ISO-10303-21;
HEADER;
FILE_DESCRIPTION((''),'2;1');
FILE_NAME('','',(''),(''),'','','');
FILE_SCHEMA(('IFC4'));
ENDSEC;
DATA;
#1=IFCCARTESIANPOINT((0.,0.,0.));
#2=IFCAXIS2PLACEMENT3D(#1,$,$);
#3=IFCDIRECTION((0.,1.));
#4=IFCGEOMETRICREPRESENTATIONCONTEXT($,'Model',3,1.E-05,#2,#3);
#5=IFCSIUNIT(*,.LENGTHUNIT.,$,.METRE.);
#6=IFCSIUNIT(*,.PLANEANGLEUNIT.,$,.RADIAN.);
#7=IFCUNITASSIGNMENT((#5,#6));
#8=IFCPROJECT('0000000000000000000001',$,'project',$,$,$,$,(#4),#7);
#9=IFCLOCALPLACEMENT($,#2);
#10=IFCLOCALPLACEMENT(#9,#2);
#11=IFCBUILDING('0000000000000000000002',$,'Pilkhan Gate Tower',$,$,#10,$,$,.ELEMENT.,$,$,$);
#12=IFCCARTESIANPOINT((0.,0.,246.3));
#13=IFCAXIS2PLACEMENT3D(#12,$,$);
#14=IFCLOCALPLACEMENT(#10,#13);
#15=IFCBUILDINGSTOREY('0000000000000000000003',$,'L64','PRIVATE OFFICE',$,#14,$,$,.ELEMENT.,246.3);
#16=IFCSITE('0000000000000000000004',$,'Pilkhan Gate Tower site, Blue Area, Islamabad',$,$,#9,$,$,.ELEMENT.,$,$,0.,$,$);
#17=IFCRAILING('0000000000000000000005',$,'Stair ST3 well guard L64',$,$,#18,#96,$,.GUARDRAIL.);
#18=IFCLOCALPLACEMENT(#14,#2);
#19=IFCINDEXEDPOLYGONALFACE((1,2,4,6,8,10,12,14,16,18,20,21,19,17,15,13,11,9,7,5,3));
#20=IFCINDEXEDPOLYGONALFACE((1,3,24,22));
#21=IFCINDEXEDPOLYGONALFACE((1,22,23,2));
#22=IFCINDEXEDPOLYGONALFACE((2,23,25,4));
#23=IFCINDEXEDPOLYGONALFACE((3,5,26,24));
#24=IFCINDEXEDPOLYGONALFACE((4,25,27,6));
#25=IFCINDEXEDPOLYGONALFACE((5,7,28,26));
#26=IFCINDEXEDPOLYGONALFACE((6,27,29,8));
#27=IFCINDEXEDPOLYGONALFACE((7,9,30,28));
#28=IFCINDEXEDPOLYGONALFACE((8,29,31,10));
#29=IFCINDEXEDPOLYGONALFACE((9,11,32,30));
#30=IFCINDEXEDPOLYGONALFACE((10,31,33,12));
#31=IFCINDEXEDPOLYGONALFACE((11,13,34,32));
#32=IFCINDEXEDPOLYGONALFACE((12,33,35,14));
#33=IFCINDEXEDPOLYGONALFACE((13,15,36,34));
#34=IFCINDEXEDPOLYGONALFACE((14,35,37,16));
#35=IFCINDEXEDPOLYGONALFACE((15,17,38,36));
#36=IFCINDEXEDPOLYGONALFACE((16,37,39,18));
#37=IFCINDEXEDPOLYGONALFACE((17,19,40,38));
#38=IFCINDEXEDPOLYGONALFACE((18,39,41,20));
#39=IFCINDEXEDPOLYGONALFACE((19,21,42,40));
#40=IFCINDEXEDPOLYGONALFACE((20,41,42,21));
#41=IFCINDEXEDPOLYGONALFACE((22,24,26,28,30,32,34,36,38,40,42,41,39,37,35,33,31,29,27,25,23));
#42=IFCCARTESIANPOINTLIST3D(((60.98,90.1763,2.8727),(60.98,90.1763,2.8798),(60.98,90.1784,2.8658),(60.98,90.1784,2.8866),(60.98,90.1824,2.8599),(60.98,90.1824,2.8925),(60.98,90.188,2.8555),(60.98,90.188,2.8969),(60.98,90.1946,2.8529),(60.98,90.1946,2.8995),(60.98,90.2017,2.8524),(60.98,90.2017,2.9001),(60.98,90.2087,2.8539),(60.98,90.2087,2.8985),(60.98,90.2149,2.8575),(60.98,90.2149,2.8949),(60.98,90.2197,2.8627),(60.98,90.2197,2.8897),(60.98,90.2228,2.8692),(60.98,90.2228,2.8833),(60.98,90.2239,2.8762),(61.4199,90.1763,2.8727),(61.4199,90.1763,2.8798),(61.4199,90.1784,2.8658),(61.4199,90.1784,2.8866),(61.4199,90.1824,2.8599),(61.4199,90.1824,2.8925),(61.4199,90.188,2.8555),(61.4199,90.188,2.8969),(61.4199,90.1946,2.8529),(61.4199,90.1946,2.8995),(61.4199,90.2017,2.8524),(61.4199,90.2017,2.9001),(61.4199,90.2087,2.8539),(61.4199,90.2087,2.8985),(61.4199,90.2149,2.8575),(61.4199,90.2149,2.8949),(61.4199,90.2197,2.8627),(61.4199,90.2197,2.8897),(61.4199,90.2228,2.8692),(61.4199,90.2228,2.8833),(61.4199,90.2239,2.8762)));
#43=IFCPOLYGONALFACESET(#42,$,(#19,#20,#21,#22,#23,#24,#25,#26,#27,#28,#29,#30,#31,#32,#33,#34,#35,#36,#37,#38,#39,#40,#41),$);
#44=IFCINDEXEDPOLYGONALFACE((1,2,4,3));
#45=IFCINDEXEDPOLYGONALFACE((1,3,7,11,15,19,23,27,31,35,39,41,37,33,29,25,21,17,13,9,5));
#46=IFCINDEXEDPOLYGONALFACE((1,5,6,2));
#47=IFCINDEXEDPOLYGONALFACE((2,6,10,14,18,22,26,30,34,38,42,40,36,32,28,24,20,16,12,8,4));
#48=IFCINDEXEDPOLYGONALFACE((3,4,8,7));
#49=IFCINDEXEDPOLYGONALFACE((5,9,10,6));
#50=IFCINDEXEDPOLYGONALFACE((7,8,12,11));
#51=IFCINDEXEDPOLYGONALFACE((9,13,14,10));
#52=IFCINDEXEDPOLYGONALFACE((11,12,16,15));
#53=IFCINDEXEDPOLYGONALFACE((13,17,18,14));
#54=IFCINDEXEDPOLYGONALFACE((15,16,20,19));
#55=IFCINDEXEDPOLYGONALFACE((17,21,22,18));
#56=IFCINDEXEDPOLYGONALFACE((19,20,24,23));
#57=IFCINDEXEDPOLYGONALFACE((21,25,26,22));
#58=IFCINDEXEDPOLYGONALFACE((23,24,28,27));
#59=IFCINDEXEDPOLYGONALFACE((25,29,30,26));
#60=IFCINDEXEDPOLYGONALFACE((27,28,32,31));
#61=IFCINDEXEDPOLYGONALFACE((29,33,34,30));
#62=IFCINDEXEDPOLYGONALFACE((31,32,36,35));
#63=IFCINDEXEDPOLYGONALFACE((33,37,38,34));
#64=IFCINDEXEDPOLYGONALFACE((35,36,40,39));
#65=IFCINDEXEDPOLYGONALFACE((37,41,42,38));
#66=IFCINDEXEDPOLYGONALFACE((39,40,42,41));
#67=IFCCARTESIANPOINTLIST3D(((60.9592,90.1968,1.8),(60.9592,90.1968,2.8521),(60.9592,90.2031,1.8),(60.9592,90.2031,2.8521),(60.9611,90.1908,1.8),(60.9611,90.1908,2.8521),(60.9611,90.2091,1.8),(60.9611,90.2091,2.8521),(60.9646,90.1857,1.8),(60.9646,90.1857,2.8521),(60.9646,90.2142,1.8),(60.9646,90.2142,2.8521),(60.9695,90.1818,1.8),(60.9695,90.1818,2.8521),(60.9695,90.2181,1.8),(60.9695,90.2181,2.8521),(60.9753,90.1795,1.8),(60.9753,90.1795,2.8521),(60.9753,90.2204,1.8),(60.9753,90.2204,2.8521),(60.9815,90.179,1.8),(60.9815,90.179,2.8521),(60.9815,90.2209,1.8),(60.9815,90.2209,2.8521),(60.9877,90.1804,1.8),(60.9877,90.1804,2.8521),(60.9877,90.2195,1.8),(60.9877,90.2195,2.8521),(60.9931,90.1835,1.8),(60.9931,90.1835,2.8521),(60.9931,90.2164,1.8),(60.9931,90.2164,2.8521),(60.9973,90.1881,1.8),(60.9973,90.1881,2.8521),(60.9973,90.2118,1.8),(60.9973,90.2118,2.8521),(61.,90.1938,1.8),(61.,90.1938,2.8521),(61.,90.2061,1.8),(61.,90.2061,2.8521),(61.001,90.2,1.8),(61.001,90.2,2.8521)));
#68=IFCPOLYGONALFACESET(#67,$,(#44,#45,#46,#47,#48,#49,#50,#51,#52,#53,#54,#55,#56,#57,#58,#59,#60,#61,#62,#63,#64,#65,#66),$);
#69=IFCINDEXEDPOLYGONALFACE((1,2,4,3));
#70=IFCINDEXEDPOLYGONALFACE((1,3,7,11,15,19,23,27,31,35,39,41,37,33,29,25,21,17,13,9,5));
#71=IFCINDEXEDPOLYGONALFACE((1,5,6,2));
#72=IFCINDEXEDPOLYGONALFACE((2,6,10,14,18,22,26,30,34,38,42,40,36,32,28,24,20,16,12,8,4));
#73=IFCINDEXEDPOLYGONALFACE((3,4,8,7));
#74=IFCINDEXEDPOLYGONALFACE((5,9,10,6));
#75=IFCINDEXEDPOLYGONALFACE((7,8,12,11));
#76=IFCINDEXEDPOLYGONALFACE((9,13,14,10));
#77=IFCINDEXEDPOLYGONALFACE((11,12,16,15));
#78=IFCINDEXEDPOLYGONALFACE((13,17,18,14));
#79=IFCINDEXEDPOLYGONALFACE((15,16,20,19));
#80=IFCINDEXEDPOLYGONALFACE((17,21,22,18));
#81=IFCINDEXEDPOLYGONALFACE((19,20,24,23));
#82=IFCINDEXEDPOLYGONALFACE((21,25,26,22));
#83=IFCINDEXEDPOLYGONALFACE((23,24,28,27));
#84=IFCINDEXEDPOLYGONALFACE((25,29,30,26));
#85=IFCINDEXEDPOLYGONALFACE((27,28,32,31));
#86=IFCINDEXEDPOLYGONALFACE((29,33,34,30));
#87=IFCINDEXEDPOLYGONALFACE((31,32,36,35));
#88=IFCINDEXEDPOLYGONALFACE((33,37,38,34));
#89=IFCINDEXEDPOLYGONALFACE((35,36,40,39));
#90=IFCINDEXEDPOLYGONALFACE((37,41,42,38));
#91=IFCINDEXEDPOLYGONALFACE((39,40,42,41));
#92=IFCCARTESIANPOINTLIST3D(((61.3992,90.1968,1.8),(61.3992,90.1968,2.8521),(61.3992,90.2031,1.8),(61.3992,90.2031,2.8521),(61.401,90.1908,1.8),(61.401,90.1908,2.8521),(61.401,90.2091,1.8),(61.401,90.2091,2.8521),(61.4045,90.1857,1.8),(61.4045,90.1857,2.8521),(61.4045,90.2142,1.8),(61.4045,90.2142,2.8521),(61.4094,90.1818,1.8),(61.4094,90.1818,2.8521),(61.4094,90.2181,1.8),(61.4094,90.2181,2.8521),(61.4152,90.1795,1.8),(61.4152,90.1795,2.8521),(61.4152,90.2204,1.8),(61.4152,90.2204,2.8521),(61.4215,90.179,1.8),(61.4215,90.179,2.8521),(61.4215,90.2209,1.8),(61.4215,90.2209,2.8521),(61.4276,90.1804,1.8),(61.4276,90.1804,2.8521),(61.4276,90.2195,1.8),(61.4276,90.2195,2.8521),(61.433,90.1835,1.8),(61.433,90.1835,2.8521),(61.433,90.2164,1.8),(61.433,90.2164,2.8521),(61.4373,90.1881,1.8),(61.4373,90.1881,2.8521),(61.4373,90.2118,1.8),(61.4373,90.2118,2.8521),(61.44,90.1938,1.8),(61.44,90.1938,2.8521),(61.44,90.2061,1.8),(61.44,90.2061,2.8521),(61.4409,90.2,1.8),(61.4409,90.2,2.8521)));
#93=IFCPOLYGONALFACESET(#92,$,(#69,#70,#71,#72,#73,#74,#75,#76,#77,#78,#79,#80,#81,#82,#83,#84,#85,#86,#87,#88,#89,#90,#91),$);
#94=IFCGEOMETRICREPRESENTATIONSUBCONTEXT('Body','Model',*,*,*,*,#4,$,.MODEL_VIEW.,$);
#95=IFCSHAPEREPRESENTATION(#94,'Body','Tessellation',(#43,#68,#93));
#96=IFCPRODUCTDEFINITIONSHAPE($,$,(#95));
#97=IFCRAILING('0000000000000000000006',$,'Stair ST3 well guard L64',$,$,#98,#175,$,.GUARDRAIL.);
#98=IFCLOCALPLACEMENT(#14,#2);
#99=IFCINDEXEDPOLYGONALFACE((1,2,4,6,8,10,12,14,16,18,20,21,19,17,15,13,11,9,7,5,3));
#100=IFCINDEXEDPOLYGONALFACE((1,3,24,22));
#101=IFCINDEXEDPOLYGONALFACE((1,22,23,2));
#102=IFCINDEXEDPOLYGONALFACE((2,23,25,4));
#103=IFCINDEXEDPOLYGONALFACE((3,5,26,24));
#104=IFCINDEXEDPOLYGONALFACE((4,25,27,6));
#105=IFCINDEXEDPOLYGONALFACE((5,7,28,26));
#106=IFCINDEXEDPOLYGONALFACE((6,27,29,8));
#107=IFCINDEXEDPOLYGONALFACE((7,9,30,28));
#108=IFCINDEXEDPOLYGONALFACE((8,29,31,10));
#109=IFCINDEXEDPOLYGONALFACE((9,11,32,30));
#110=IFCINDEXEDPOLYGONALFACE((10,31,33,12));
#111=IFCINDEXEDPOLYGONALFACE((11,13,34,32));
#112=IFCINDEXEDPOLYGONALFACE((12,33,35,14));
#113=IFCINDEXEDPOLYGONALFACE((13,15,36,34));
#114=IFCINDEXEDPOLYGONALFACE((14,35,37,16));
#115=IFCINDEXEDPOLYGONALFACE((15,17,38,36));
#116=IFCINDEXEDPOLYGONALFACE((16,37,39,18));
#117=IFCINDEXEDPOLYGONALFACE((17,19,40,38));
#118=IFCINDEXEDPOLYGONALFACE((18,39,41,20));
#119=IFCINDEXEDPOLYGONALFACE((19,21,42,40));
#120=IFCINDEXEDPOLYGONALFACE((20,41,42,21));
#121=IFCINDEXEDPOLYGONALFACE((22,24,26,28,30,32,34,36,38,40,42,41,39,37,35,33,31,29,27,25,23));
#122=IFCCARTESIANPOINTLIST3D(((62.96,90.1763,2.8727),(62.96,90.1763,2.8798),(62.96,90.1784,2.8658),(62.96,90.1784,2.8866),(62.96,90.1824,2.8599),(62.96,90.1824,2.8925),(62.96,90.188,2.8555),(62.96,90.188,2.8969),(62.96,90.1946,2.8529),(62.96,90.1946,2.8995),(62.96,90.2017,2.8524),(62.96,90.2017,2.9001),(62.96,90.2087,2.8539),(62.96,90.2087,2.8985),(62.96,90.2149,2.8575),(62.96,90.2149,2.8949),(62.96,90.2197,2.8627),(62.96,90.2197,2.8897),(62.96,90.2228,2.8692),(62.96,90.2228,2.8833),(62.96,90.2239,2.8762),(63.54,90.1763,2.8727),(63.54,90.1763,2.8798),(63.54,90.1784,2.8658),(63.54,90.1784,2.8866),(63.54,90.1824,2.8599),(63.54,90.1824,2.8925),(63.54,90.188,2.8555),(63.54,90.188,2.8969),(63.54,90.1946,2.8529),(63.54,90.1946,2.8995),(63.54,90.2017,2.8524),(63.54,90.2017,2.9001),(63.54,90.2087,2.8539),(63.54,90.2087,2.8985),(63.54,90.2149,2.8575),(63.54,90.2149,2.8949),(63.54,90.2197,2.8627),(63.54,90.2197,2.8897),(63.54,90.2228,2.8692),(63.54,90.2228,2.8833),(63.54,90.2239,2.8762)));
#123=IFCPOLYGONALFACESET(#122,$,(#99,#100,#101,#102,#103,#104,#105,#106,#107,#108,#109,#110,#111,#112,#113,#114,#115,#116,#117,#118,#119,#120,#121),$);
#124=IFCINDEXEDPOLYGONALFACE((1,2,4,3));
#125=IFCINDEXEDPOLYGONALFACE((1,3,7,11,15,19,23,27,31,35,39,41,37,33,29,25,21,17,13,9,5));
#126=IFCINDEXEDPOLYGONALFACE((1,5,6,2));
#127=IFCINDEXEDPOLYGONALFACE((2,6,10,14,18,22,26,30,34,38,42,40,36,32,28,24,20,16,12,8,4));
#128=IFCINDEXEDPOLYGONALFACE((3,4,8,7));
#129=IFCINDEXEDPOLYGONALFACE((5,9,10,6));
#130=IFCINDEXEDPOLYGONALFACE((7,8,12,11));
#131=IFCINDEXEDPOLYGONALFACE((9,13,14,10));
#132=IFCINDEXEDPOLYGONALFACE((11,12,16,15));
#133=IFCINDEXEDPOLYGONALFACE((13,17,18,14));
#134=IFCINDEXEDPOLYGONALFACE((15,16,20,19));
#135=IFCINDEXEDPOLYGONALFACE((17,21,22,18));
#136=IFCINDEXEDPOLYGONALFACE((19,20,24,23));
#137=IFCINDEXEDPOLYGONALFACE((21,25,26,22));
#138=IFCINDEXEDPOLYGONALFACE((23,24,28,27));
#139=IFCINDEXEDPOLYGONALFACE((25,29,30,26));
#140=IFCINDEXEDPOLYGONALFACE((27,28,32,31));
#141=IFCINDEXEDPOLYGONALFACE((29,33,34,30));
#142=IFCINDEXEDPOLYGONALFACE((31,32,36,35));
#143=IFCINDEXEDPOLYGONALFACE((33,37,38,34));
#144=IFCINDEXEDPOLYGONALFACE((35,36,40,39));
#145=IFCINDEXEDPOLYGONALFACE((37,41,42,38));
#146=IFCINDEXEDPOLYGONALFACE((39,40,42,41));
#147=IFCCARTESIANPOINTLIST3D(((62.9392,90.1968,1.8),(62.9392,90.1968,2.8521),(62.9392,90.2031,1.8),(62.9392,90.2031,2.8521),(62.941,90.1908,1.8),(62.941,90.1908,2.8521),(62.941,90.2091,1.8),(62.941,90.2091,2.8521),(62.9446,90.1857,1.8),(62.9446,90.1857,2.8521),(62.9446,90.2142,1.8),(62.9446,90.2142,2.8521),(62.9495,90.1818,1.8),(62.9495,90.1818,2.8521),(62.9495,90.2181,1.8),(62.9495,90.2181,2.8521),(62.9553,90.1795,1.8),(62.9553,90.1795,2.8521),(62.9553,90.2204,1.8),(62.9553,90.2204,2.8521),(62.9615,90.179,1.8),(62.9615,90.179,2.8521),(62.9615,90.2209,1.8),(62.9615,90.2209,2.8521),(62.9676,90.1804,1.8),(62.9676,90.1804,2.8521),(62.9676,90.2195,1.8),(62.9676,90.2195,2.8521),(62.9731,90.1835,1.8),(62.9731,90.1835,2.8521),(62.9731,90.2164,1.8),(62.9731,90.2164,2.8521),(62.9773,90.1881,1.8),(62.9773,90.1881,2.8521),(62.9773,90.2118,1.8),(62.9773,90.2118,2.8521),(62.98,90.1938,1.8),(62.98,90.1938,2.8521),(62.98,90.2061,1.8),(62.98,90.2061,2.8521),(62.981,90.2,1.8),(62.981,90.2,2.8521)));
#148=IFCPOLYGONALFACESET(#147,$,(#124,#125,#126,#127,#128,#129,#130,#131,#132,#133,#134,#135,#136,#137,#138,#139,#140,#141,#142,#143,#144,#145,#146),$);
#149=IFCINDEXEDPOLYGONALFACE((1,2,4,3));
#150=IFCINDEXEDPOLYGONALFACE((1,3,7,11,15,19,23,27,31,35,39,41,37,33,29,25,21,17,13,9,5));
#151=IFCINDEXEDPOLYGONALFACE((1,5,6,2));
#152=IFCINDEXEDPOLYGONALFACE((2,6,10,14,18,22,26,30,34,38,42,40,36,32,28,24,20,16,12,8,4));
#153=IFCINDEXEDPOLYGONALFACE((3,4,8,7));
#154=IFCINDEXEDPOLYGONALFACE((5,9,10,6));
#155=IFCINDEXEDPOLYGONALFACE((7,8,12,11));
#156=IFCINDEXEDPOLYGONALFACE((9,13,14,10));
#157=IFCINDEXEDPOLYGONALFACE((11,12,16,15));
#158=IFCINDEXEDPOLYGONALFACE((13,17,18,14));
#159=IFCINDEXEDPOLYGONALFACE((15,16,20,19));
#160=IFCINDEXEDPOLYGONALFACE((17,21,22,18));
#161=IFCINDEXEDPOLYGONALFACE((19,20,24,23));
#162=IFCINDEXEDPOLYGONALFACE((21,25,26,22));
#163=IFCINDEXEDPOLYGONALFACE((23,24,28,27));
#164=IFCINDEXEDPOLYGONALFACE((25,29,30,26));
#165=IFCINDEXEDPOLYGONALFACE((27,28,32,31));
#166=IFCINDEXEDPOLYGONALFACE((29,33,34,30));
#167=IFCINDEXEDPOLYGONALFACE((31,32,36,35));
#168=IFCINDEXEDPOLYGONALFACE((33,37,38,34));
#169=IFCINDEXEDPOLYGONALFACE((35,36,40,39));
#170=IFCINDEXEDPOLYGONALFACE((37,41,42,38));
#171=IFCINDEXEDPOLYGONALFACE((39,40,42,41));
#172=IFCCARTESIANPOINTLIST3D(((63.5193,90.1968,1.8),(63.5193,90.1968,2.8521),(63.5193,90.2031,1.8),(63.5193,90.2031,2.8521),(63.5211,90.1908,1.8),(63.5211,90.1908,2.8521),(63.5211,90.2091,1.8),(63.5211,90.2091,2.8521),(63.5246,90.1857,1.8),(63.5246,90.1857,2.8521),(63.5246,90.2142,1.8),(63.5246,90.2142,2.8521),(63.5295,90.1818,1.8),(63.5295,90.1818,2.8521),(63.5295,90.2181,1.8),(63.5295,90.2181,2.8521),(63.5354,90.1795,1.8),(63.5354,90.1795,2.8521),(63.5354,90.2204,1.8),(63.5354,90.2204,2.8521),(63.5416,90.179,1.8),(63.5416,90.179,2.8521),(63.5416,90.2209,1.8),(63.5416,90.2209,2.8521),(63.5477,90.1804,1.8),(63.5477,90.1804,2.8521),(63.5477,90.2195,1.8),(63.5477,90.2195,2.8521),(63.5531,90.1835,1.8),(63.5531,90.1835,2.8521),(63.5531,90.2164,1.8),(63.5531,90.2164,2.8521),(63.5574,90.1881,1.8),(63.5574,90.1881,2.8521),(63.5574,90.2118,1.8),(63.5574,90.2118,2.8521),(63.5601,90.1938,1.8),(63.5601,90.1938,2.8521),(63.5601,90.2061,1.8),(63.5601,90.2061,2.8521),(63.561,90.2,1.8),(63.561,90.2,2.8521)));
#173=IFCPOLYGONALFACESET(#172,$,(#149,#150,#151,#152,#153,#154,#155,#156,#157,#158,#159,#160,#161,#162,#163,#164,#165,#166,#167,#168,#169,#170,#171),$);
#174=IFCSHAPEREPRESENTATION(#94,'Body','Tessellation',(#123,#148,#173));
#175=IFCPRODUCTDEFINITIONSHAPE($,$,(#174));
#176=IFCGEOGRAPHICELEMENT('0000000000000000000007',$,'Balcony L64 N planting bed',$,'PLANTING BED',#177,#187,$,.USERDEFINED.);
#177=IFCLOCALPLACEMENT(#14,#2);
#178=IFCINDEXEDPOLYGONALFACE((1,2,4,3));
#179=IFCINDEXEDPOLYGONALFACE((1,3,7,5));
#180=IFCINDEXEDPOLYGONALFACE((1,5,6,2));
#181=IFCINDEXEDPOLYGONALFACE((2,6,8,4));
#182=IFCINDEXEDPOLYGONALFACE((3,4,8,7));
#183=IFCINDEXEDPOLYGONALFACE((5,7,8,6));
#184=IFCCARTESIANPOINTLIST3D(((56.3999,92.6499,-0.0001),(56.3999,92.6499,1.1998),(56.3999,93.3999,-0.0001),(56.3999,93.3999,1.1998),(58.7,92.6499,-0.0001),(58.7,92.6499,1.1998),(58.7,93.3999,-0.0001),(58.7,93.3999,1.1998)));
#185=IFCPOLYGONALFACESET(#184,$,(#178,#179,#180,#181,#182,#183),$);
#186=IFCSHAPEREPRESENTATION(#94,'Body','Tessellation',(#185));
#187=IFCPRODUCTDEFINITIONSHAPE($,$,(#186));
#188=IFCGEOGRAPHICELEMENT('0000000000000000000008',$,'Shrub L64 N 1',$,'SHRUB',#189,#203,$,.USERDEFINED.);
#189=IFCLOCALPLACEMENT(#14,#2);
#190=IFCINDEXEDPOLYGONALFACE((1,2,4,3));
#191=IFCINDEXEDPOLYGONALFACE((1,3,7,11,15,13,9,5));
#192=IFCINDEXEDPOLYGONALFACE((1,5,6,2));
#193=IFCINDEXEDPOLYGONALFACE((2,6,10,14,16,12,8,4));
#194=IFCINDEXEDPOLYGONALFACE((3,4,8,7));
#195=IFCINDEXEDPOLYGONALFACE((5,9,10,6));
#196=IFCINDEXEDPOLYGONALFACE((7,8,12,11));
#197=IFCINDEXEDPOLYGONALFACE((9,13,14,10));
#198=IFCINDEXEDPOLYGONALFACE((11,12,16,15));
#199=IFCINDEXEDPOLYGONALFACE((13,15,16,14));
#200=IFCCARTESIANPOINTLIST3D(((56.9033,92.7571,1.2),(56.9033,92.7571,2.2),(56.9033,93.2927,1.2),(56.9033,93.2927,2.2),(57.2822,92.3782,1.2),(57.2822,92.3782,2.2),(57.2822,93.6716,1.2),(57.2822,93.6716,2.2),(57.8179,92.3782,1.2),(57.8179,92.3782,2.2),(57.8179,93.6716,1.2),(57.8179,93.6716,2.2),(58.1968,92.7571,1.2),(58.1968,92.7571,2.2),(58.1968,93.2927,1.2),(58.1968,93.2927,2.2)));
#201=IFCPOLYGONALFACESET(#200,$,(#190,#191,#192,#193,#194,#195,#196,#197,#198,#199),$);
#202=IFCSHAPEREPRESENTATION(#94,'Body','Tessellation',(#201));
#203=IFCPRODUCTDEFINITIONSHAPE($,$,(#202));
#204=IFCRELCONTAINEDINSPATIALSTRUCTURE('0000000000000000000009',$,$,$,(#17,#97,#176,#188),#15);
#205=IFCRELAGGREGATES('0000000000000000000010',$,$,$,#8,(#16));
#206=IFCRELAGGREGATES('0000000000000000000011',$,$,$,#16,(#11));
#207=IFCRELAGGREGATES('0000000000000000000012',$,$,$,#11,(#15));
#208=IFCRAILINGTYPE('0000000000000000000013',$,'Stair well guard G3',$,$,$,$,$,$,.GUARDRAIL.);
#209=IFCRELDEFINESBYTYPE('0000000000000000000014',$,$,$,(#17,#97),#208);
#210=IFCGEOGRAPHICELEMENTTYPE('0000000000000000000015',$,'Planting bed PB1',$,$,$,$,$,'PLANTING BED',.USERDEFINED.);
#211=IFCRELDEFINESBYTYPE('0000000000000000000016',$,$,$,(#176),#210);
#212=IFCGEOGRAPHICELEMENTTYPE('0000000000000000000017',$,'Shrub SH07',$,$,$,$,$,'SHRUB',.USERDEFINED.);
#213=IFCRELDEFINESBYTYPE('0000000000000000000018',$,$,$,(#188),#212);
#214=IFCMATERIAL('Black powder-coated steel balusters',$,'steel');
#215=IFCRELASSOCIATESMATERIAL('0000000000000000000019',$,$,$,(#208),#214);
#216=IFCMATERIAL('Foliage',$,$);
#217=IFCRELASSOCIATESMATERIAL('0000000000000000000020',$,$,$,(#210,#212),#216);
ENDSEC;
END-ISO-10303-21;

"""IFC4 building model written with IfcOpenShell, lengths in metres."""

from ifc_helpers import new_model, si_unit, direction, frame, origin, origin_2d, place, context, subcontext, project, spatial, polyline, rectangle, circle, outline, extrude, material, material_profile, profile_set, type_object, element, save


model = new_model("IFC4")

# Units and contexts
model_context = context("Model", 3, precision=1e-05, world=origin(), true_north=direction((0.0, 1.0)))
body_context = subcontext(model_context, "Body", "Model", "MODEL_VIEW")
ifc_project = project(units=[si_unit("LENGTHUNIT", "METRE"), si_unit("PLANEANGLEUNIT", "RADIAN")], contexts=[model_context])

# Site, building, storey
site_placement = place(None, origin())
site = spatial("IfcSite", under=ifc_project, at=site_placement, Name="Pilkhan Gate Tower site, Blue Area, Islamabad", CompositionType="ELEMENT", RefElevation=0.0)
building_placement = place(site_placement, origin())
building = spatial("IfcBuilding", under=site, at=building_placement, Name="Pilkhan Gate Tower", CompositionType="ELEMENT")
storey_placement = place(building_placement, frame((0.0, 0.0, 246.3)))
storey = spatial("IfcBuildingStorey", under=building, at=storey_placement, Name="L64", Description="PRIVATE OFFICE", CompositionType="ELEMENT", Elevation=246.3)

# Railings
ifc_material_1 = material(Name="Black powder-coated steel balusters", Category="steel")
railing_type_1 = type_object("IfcRailingType", Name="Stair well guard G3", PredefinedType="GUARDRAIL", material=ifc_material_1)
railing_1_placement = place(storey_placement, frame((60.98, 90.2, 1.8)))
element("IfcRailing", 1, at=railing_1_placement, inside=storey, type_object=railing_type_1, Name="Stair ST3 well guard L64", PredefinedType="GUARDRAIL", context=body_context, shape_type="SweptSolid", body=[
    extrude(circle(Radius=0.0239, at=origin_2d()), frame((0.0, 0.0, 1.0762), z_axis=(1.0, 0.0, 0.0), x_axis=(0.0, 1.0, 0.0)), (0.0, 0.0, 1.0), 0.4399),
    extrude(circle(Radius=0.021, at=origin_2d()), origin(), (0.0, 0.0, 1.0), 1.052),
    extrude(circle(Radius=0.021, at=origin_2d()), frame((0.4399, 0.0, 0.0)), (0.0, 0.0, 1.0), 1.052),
])
railing_2_placement = place(storey_placement, frame((62.96, 90.2, 1.8)))
element("IfcRailing", 2, at=railing_2_placement, inside=storey, type_object=railing_type_1, Name="Stair ST3 well guard L64", PredefinedType="GUARDRAIL", context=body_context, shape_type="SweptSolid", body=[
    extrude(circle(Radius=0.0239, at=origin_2d()), frame((0.0, 0.0, 1.0762), z_axis=(1.0, 0.0, 0.0), x_axis=(0.0, 1.0, 0.0)), (0.0, 0.0, 1.0), 0.5801),
    extrude(circle(Radius=0.021, at=origin_2d()), origin(), (0.0, 0.0, 1.0), 1.052),
    extrude(circle(Radius=0.021, at=origin_2d()), frame((0.5801, 0.0, 0.0)), (0.0, 0.0, 1.0), 1.052),
])

# Geographic elements
ifc_material_2 = material(Name="Foliage")
ifc_material_profile_1 = material_profile(ifc_material_2, rectangle(XDim=0.75, YDim=1.2, at=origin_2d()), Name="Bed 750x1200")
ifc_profile_set_1 = profile_set([ifc_material_profile_1], Name="Foliage")
geographic_element_type_1 = type_object("IfcGeographicElementType", Name="Planting bed PB1", ElementType="PLANTING BED", PredefinedType="USERDEFINED", material=ifc_profile_set_1)
geographic_element_1_placement = place(storey_placement, frame((56.3999, 93.0249, 0.5999), z_axis=(1.0, 0.0, 0.0), x_axis=(0.0, 1.0, 0.0)))
element("IfcGeographicElement", 3, at=geographic_element_1_placement, inside=storey, type_object=geographic_element_type_1, Name="Balcony L64 N planting bed", ObjectType="PLANTING BED", PredefinedType="USERDEFINED", context=body_context, shape_type="SweptSolid", body=[
    extrude(rectangle(XDim=0.75, YDim=1.2, at=origin_2d()), origin(), (0.0, 0.0, 1.0), 2.3),
])
ifc_material_profile_2 = material_profile(ifc_material_2, outline(polyline([(0.6467, 0.2678), (0.2678, 0.6467), (-0.2678, 0.6467), (-0.6467, 0.2678), (-0.6467, -0.2678), (-0.2678, -0.6467), (0.2678, -0.6467), (0.6467, -0.2678), (0.6467, 0.2678)])), Name="Shrub D1.4")
ifc_profile_set_2 = profile_set([ifc_material_profile_2], Name="Foliage")
geographic_element_type_2 = type_object("IfcGeographicElementType", Name="Shrub SH07", ElementType="SHRUB", PredefinedType="USERDEFINED", material=ifc_profile_set_2)
geographic_element_2_placement = place(storey_placement, frame((57.55, 93.0249, 1.2), z_axis=(0.0, 0.0, 1.0), x_axis=(1.0, 0.0, 0.0)))
element("IfcGeographicElement", 4, at=geographic_element_2_placement, inside=storey, type_object=geographic_element_type_2, Name="Shrub L64 N 1", ObjectType="SHRUB", PredefinedType="USERDEFINED", context=body_context, shape_type="SweptSolid", body=[
    extrude(outline(polyline([(0.6467, 0.2678), (0.2678, 0.6467), (-0.2678, 0.6467), (-0.6467, 0.2678), (-0.6467, -0.2678), (-0.2678, -0.6467), (0.2678, -0.6467), (0.6467, -0.2678), (0.6467, 0.2678)])), origin(), (0.0, 0.0, 1.0), 1.0),
])

save(model, "model.ifc")
